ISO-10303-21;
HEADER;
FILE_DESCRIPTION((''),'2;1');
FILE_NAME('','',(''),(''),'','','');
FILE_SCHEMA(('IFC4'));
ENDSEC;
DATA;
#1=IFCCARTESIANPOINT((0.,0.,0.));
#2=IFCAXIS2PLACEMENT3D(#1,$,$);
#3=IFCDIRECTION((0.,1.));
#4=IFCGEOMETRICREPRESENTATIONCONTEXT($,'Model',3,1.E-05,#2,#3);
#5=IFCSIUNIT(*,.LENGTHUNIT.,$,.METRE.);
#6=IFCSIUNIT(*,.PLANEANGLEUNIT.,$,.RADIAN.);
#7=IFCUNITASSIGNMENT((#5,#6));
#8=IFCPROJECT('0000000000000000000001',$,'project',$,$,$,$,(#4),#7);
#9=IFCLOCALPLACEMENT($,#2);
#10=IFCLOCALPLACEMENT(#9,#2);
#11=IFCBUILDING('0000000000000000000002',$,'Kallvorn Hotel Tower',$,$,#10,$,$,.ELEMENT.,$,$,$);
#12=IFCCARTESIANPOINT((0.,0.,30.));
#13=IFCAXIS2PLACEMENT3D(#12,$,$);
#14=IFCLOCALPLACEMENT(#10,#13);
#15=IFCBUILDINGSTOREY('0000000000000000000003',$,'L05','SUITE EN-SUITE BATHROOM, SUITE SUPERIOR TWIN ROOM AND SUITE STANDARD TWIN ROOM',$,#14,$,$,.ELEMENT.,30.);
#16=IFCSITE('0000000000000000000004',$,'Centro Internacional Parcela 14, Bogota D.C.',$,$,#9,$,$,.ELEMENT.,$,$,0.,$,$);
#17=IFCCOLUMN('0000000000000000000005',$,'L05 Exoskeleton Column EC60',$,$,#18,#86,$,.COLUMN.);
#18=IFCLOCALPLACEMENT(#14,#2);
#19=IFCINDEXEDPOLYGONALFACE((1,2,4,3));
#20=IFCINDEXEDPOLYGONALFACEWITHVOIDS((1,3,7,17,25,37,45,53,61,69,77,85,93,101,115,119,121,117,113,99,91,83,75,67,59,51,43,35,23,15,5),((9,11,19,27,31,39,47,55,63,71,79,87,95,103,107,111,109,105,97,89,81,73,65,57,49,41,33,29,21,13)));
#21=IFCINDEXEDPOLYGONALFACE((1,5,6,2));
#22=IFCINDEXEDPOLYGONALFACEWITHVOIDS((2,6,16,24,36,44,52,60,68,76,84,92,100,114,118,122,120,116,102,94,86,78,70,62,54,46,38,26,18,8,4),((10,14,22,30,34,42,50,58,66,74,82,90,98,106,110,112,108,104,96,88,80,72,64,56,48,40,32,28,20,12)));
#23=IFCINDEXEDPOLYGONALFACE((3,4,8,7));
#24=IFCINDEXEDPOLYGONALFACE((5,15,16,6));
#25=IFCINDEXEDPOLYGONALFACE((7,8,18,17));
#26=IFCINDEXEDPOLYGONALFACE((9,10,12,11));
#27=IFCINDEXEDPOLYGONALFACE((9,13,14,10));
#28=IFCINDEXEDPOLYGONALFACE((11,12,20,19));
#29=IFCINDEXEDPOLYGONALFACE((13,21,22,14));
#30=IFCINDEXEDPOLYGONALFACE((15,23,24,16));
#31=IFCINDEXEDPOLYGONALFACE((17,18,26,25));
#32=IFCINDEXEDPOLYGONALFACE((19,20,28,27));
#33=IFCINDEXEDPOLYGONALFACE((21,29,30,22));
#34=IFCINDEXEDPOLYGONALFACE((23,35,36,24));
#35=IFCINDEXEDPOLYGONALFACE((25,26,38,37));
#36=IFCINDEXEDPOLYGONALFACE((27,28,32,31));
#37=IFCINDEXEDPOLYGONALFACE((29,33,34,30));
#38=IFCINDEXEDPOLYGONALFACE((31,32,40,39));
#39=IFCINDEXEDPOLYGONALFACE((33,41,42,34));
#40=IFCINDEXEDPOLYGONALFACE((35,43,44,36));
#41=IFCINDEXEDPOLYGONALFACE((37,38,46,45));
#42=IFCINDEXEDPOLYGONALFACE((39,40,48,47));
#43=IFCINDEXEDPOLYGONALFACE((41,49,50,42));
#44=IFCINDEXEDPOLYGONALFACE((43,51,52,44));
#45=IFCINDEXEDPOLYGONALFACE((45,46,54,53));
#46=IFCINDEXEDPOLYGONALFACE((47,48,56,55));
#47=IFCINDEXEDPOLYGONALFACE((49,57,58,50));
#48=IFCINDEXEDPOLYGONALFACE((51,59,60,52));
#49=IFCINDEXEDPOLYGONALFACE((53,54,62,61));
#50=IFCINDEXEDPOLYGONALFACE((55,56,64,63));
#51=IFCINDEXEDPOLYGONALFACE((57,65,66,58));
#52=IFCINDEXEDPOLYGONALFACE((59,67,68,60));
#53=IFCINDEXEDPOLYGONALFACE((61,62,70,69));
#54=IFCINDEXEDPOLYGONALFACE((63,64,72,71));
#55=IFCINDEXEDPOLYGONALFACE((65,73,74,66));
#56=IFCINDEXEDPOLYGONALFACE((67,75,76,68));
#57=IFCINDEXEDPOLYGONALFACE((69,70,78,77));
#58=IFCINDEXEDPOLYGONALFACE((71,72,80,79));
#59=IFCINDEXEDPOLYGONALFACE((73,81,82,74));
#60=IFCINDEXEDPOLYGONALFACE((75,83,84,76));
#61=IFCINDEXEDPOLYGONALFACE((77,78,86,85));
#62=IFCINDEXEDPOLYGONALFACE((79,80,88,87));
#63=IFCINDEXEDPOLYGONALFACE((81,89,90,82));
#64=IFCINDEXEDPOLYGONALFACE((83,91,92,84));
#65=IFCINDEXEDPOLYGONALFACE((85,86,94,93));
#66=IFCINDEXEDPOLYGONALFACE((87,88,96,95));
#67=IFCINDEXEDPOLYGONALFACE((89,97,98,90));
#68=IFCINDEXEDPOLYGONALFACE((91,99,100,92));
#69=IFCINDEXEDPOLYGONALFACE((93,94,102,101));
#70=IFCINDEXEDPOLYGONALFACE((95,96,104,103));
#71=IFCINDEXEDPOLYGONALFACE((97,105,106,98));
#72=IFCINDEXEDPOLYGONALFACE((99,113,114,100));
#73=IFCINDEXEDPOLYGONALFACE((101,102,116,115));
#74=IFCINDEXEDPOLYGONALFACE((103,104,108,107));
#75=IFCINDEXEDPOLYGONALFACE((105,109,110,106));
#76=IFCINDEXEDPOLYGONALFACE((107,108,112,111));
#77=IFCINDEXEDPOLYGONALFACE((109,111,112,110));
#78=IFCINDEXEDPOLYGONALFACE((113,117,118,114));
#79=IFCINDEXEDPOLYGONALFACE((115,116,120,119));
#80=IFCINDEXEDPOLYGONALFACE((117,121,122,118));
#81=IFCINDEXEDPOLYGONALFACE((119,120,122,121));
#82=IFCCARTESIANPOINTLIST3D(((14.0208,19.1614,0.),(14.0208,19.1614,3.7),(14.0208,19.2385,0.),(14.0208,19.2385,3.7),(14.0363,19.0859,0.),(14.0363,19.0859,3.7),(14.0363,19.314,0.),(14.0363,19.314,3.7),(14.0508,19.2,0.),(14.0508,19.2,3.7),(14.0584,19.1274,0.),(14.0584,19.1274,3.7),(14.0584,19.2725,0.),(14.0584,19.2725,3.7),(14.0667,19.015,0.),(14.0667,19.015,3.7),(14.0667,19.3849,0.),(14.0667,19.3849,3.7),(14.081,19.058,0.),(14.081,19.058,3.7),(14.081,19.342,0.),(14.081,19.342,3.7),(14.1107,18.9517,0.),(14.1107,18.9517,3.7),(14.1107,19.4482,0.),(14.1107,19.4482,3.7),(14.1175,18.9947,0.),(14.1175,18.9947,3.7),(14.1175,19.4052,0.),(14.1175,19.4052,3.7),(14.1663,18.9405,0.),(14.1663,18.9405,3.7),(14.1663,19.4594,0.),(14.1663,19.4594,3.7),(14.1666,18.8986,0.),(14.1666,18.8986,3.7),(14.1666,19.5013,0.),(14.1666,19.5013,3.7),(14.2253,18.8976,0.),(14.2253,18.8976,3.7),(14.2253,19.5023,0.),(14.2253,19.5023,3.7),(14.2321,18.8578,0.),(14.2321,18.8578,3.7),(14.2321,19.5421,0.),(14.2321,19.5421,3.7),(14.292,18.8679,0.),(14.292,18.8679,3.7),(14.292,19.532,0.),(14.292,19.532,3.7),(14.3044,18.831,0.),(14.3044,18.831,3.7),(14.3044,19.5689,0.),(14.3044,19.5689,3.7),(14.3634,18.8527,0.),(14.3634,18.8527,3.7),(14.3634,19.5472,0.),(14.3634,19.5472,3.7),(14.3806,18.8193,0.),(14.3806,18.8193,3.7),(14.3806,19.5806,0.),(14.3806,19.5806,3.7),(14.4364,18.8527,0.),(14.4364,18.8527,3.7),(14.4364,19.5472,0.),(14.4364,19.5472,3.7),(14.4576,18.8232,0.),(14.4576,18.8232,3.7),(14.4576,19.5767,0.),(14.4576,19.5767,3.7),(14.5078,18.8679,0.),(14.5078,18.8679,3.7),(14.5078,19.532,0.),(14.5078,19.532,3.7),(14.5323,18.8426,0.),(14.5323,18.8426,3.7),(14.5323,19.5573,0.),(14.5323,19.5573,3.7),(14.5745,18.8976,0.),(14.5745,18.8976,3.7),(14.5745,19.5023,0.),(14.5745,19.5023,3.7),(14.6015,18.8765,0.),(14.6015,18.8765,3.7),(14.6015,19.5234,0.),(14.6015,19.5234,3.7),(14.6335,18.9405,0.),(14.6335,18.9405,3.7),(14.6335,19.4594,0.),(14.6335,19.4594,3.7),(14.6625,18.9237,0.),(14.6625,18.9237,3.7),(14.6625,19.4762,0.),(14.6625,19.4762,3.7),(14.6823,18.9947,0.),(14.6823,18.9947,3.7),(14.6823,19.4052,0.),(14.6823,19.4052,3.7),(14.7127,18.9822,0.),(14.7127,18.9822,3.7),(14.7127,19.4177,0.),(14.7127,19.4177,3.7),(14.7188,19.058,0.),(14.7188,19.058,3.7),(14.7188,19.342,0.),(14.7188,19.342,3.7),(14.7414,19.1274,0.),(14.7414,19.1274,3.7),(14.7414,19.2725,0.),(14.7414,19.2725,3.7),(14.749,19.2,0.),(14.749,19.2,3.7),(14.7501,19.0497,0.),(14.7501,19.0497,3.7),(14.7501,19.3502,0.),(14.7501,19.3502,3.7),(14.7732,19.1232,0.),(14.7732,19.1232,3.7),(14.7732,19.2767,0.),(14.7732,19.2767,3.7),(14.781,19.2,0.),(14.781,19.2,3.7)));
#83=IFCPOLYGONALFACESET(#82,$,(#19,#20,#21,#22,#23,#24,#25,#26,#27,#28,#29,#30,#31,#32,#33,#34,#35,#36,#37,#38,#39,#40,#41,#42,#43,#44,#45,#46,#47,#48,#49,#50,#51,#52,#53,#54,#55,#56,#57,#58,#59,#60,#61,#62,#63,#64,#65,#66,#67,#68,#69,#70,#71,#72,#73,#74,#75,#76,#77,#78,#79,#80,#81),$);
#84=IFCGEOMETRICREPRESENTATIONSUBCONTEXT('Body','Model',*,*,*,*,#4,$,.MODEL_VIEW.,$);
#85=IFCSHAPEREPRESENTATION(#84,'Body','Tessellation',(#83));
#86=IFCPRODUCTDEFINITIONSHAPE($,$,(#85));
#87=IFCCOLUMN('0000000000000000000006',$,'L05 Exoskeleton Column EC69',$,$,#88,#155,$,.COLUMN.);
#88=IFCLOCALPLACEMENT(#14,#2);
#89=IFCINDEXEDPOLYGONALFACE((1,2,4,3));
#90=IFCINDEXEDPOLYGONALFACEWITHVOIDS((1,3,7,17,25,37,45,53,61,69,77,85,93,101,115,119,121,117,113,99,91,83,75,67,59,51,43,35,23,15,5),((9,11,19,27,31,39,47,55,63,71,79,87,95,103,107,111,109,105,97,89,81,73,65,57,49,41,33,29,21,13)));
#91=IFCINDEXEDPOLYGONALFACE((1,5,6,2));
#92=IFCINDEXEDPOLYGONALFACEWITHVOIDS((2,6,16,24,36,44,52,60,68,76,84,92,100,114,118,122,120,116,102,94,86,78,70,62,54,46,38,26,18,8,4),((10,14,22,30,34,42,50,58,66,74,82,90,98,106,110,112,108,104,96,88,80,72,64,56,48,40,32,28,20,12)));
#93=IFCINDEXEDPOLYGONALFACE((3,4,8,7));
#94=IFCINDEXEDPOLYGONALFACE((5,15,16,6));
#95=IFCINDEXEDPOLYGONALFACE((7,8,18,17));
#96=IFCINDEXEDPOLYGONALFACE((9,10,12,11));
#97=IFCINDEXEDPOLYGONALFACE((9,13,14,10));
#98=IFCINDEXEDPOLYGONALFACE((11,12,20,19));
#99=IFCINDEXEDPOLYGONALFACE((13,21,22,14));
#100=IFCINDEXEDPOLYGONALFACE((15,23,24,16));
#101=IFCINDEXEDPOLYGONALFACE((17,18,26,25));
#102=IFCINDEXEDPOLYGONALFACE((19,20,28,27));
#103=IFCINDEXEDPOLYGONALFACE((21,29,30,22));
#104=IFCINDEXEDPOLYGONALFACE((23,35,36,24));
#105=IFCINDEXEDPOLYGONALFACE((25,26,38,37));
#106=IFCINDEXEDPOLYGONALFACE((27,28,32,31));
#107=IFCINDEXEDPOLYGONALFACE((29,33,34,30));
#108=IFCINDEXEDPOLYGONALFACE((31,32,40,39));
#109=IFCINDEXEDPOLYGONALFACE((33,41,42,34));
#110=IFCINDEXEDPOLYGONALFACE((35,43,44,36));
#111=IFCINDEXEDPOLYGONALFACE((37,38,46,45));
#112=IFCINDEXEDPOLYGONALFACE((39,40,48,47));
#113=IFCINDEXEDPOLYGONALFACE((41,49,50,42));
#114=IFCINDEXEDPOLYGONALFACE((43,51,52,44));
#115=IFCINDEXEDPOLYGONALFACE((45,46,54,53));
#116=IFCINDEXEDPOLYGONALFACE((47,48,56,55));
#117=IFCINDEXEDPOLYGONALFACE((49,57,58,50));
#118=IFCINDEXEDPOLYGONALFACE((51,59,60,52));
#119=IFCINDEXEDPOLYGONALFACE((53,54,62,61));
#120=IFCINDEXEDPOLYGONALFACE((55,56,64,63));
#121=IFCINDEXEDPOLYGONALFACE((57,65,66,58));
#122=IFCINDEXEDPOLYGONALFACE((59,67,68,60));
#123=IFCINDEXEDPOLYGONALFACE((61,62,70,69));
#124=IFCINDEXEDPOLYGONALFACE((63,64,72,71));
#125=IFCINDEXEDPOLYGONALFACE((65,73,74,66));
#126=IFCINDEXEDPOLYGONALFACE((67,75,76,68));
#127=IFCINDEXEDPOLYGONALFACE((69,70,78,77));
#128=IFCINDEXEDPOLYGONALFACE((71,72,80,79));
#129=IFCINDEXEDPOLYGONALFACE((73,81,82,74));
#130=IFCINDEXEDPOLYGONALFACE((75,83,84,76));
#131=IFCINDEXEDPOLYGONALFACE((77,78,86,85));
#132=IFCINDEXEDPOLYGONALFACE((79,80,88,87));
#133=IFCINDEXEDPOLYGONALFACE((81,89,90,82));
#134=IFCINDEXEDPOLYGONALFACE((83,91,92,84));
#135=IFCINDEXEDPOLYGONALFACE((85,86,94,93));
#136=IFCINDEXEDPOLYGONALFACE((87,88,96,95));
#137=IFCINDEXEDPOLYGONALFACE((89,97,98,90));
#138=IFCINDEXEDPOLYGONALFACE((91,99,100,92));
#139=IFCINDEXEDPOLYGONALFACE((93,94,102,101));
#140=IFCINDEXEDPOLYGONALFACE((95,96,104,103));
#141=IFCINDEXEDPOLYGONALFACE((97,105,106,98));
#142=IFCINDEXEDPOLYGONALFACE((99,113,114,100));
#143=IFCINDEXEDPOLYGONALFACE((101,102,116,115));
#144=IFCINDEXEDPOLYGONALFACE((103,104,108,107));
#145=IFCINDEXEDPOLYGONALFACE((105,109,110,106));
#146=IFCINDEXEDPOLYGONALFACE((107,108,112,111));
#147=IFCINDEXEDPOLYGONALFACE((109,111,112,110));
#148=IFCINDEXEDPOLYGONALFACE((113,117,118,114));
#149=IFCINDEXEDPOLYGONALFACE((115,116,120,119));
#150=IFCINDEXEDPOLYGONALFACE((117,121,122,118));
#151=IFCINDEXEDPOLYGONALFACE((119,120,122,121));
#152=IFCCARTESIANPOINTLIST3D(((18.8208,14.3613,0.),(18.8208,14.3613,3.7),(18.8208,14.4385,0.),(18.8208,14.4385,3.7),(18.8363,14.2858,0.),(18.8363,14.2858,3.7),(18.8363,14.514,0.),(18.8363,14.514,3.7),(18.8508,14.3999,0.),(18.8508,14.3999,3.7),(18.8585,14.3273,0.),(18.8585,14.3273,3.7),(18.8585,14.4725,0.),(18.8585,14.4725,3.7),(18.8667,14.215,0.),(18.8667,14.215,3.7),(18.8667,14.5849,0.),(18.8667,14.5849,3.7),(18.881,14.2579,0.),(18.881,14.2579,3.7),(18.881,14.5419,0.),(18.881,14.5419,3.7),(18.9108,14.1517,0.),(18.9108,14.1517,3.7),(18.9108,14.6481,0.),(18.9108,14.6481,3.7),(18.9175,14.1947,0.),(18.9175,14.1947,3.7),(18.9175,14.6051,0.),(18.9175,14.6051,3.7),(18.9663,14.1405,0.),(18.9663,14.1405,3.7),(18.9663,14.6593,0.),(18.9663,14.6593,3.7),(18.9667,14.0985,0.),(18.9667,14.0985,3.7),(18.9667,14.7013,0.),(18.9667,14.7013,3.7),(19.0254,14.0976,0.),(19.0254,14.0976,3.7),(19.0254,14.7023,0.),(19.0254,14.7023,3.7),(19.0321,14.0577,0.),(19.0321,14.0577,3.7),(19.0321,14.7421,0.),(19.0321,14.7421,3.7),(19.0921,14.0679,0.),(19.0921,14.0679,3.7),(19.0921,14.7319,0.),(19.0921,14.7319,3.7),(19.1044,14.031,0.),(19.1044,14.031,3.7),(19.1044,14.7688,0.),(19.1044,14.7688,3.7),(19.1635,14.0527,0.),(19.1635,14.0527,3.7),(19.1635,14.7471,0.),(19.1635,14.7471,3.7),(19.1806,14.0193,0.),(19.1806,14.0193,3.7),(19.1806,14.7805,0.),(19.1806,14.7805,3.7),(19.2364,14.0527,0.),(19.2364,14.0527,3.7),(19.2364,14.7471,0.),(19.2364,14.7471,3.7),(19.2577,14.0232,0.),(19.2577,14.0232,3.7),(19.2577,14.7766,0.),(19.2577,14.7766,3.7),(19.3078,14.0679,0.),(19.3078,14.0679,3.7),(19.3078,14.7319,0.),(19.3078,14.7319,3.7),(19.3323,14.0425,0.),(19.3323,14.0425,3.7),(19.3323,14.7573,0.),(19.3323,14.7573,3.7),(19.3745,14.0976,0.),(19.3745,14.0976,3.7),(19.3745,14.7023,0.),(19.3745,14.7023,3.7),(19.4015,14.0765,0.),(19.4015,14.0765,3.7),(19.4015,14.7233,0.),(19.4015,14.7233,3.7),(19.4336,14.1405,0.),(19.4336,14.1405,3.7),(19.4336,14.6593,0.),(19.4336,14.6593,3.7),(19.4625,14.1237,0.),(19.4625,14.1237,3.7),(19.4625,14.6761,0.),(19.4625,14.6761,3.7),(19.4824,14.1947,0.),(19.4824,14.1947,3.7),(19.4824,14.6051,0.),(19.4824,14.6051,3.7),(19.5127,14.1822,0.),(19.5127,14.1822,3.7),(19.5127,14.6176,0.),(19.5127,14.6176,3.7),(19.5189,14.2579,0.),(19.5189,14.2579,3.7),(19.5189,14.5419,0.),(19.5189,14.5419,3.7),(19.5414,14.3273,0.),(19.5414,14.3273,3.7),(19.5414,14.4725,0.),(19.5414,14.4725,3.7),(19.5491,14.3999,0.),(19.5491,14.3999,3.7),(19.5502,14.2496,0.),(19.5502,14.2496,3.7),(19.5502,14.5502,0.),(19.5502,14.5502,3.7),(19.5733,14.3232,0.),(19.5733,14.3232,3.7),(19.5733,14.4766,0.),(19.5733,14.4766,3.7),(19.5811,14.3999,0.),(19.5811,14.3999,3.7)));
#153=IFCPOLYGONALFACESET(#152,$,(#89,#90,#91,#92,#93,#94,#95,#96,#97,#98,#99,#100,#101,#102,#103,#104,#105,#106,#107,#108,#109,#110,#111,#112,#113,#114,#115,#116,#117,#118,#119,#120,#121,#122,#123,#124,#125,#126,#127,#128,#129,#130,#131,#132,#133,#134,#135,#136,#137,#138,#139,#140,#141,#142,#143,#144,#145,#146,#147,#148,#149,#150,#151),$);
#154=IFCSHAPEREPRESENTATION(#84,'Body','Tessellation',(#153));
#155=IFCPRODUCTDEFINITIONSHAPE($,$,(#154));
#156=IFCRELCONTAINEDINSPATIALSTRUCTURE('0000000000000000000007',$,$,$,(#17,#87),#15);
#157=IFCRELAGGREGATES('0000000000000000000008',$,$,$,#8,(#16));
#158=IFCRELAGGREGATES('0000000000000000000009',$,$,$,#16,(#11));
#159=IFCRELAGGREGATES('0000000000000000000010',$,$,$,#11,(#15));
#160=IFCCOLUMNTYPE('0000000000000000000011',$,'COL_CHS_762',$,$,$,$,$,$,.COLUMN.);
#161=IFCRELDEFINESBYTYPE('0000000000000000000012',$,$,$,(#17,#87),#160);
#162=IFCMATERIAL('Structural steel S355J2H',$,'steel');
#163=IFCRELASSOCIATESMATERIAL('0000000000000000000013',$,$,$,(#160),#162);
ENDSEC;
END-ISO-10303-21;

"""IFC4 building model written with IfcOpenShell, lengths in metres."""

from ifc_helpers import new_model, si_unit, direction, frame, origin, origin_2d, place, context, subcontext, project, spatial, hollow_circle, extrude, material, material_profile, profile_set, type_object, element, save


model = new_model("IFC4")

# Units and contexts
model_context = context("Model", 3, precision=1e-05, world=origin(), true_north=direction((0.0, 1.0)))
body_context = subcontext(model_context, "Body", "Model", "MODEL_VIEW")
ifc_project = project(units=[si_unit("LENGTHUNIT", "METRE"), si_unit("PLANEANGLEUNIT", "RADIAN")], contexts=[model_context])

# Site, building, storey
site_placement = place(None, origin())
site = spatial("IfcSite", under=ifc_project, at=site_placement, Name="Centro Internacional Parcela 14, Bogota D.C.", CompositionType="ELEMENT", RefElevation=0.0)
building_placement = place(site_placement, origin())
building = spatial("IfcBuilding", under=site, at=building_placement, Name="Kallvorn Hotel Tower", CompositionType="ELEMENT")
storey_placement = place(building_placement, frame((0.0, 0.0, 30.0)))
storey = spatial("IfcBuildingStorey", under=building, at=storey_placement, Name="L05", Description="SUITE EN-SUITE BATHROOM, SUITE SUPERIOR TWIN ROOM AND SUITE STANDARD TWIN ROOM", CompositionType="ELEMENT", Elevation=30.0)

# Columns
ifc_material_1 = material(Name="Structural steel S355J2H", Category="steel")
ifc_material_profile_1 = material_profile(ifc_material_1, hollow_circle(Radius=0.3811, WallThickness=0.032, at=origin_2d()), Name="CHS 762x32")
ifc_profile_set_1 = profile_set([ifc_material_profile_1], Name="Structural steel S355J2H")
column_type_1 = type_object("IfcColumnType", Name="COL_CHS_762", PredefinedType="COLUMN", material=ifc_profile_set_1)
for number, where, z_axis, x_axis, name in (
    (1, (14.3999, 19.2, 0.0), (0.0, 0.0, 1.0), (1.0, 0.0, 0.0), "L05 Exoskeleton Column EC60"),
    (2, (19.2, 14.3999, 0.0), (0.0, 0.0, 1.0), (1.0, 0.0, 0.0), "L05 Exoskeleton Column EC69"),
):
    element("IfcColumn", number, at=place(storey_placement, frame(where, z_axis=z_axis, x_axis=x_axis)), inside=storey, type_object=column_type_1, Name=name, PredefinedType="COLUMN", context=body_context, shape_type="SweptSolid", body=[
        extrude(hollow_circle(Radius=0.3811, WallThickness=0.032, at=origin_2d()), origin(), (0.0, 0.0, 1.0), 3.7),
    ])

save(model, "model.ifc")
